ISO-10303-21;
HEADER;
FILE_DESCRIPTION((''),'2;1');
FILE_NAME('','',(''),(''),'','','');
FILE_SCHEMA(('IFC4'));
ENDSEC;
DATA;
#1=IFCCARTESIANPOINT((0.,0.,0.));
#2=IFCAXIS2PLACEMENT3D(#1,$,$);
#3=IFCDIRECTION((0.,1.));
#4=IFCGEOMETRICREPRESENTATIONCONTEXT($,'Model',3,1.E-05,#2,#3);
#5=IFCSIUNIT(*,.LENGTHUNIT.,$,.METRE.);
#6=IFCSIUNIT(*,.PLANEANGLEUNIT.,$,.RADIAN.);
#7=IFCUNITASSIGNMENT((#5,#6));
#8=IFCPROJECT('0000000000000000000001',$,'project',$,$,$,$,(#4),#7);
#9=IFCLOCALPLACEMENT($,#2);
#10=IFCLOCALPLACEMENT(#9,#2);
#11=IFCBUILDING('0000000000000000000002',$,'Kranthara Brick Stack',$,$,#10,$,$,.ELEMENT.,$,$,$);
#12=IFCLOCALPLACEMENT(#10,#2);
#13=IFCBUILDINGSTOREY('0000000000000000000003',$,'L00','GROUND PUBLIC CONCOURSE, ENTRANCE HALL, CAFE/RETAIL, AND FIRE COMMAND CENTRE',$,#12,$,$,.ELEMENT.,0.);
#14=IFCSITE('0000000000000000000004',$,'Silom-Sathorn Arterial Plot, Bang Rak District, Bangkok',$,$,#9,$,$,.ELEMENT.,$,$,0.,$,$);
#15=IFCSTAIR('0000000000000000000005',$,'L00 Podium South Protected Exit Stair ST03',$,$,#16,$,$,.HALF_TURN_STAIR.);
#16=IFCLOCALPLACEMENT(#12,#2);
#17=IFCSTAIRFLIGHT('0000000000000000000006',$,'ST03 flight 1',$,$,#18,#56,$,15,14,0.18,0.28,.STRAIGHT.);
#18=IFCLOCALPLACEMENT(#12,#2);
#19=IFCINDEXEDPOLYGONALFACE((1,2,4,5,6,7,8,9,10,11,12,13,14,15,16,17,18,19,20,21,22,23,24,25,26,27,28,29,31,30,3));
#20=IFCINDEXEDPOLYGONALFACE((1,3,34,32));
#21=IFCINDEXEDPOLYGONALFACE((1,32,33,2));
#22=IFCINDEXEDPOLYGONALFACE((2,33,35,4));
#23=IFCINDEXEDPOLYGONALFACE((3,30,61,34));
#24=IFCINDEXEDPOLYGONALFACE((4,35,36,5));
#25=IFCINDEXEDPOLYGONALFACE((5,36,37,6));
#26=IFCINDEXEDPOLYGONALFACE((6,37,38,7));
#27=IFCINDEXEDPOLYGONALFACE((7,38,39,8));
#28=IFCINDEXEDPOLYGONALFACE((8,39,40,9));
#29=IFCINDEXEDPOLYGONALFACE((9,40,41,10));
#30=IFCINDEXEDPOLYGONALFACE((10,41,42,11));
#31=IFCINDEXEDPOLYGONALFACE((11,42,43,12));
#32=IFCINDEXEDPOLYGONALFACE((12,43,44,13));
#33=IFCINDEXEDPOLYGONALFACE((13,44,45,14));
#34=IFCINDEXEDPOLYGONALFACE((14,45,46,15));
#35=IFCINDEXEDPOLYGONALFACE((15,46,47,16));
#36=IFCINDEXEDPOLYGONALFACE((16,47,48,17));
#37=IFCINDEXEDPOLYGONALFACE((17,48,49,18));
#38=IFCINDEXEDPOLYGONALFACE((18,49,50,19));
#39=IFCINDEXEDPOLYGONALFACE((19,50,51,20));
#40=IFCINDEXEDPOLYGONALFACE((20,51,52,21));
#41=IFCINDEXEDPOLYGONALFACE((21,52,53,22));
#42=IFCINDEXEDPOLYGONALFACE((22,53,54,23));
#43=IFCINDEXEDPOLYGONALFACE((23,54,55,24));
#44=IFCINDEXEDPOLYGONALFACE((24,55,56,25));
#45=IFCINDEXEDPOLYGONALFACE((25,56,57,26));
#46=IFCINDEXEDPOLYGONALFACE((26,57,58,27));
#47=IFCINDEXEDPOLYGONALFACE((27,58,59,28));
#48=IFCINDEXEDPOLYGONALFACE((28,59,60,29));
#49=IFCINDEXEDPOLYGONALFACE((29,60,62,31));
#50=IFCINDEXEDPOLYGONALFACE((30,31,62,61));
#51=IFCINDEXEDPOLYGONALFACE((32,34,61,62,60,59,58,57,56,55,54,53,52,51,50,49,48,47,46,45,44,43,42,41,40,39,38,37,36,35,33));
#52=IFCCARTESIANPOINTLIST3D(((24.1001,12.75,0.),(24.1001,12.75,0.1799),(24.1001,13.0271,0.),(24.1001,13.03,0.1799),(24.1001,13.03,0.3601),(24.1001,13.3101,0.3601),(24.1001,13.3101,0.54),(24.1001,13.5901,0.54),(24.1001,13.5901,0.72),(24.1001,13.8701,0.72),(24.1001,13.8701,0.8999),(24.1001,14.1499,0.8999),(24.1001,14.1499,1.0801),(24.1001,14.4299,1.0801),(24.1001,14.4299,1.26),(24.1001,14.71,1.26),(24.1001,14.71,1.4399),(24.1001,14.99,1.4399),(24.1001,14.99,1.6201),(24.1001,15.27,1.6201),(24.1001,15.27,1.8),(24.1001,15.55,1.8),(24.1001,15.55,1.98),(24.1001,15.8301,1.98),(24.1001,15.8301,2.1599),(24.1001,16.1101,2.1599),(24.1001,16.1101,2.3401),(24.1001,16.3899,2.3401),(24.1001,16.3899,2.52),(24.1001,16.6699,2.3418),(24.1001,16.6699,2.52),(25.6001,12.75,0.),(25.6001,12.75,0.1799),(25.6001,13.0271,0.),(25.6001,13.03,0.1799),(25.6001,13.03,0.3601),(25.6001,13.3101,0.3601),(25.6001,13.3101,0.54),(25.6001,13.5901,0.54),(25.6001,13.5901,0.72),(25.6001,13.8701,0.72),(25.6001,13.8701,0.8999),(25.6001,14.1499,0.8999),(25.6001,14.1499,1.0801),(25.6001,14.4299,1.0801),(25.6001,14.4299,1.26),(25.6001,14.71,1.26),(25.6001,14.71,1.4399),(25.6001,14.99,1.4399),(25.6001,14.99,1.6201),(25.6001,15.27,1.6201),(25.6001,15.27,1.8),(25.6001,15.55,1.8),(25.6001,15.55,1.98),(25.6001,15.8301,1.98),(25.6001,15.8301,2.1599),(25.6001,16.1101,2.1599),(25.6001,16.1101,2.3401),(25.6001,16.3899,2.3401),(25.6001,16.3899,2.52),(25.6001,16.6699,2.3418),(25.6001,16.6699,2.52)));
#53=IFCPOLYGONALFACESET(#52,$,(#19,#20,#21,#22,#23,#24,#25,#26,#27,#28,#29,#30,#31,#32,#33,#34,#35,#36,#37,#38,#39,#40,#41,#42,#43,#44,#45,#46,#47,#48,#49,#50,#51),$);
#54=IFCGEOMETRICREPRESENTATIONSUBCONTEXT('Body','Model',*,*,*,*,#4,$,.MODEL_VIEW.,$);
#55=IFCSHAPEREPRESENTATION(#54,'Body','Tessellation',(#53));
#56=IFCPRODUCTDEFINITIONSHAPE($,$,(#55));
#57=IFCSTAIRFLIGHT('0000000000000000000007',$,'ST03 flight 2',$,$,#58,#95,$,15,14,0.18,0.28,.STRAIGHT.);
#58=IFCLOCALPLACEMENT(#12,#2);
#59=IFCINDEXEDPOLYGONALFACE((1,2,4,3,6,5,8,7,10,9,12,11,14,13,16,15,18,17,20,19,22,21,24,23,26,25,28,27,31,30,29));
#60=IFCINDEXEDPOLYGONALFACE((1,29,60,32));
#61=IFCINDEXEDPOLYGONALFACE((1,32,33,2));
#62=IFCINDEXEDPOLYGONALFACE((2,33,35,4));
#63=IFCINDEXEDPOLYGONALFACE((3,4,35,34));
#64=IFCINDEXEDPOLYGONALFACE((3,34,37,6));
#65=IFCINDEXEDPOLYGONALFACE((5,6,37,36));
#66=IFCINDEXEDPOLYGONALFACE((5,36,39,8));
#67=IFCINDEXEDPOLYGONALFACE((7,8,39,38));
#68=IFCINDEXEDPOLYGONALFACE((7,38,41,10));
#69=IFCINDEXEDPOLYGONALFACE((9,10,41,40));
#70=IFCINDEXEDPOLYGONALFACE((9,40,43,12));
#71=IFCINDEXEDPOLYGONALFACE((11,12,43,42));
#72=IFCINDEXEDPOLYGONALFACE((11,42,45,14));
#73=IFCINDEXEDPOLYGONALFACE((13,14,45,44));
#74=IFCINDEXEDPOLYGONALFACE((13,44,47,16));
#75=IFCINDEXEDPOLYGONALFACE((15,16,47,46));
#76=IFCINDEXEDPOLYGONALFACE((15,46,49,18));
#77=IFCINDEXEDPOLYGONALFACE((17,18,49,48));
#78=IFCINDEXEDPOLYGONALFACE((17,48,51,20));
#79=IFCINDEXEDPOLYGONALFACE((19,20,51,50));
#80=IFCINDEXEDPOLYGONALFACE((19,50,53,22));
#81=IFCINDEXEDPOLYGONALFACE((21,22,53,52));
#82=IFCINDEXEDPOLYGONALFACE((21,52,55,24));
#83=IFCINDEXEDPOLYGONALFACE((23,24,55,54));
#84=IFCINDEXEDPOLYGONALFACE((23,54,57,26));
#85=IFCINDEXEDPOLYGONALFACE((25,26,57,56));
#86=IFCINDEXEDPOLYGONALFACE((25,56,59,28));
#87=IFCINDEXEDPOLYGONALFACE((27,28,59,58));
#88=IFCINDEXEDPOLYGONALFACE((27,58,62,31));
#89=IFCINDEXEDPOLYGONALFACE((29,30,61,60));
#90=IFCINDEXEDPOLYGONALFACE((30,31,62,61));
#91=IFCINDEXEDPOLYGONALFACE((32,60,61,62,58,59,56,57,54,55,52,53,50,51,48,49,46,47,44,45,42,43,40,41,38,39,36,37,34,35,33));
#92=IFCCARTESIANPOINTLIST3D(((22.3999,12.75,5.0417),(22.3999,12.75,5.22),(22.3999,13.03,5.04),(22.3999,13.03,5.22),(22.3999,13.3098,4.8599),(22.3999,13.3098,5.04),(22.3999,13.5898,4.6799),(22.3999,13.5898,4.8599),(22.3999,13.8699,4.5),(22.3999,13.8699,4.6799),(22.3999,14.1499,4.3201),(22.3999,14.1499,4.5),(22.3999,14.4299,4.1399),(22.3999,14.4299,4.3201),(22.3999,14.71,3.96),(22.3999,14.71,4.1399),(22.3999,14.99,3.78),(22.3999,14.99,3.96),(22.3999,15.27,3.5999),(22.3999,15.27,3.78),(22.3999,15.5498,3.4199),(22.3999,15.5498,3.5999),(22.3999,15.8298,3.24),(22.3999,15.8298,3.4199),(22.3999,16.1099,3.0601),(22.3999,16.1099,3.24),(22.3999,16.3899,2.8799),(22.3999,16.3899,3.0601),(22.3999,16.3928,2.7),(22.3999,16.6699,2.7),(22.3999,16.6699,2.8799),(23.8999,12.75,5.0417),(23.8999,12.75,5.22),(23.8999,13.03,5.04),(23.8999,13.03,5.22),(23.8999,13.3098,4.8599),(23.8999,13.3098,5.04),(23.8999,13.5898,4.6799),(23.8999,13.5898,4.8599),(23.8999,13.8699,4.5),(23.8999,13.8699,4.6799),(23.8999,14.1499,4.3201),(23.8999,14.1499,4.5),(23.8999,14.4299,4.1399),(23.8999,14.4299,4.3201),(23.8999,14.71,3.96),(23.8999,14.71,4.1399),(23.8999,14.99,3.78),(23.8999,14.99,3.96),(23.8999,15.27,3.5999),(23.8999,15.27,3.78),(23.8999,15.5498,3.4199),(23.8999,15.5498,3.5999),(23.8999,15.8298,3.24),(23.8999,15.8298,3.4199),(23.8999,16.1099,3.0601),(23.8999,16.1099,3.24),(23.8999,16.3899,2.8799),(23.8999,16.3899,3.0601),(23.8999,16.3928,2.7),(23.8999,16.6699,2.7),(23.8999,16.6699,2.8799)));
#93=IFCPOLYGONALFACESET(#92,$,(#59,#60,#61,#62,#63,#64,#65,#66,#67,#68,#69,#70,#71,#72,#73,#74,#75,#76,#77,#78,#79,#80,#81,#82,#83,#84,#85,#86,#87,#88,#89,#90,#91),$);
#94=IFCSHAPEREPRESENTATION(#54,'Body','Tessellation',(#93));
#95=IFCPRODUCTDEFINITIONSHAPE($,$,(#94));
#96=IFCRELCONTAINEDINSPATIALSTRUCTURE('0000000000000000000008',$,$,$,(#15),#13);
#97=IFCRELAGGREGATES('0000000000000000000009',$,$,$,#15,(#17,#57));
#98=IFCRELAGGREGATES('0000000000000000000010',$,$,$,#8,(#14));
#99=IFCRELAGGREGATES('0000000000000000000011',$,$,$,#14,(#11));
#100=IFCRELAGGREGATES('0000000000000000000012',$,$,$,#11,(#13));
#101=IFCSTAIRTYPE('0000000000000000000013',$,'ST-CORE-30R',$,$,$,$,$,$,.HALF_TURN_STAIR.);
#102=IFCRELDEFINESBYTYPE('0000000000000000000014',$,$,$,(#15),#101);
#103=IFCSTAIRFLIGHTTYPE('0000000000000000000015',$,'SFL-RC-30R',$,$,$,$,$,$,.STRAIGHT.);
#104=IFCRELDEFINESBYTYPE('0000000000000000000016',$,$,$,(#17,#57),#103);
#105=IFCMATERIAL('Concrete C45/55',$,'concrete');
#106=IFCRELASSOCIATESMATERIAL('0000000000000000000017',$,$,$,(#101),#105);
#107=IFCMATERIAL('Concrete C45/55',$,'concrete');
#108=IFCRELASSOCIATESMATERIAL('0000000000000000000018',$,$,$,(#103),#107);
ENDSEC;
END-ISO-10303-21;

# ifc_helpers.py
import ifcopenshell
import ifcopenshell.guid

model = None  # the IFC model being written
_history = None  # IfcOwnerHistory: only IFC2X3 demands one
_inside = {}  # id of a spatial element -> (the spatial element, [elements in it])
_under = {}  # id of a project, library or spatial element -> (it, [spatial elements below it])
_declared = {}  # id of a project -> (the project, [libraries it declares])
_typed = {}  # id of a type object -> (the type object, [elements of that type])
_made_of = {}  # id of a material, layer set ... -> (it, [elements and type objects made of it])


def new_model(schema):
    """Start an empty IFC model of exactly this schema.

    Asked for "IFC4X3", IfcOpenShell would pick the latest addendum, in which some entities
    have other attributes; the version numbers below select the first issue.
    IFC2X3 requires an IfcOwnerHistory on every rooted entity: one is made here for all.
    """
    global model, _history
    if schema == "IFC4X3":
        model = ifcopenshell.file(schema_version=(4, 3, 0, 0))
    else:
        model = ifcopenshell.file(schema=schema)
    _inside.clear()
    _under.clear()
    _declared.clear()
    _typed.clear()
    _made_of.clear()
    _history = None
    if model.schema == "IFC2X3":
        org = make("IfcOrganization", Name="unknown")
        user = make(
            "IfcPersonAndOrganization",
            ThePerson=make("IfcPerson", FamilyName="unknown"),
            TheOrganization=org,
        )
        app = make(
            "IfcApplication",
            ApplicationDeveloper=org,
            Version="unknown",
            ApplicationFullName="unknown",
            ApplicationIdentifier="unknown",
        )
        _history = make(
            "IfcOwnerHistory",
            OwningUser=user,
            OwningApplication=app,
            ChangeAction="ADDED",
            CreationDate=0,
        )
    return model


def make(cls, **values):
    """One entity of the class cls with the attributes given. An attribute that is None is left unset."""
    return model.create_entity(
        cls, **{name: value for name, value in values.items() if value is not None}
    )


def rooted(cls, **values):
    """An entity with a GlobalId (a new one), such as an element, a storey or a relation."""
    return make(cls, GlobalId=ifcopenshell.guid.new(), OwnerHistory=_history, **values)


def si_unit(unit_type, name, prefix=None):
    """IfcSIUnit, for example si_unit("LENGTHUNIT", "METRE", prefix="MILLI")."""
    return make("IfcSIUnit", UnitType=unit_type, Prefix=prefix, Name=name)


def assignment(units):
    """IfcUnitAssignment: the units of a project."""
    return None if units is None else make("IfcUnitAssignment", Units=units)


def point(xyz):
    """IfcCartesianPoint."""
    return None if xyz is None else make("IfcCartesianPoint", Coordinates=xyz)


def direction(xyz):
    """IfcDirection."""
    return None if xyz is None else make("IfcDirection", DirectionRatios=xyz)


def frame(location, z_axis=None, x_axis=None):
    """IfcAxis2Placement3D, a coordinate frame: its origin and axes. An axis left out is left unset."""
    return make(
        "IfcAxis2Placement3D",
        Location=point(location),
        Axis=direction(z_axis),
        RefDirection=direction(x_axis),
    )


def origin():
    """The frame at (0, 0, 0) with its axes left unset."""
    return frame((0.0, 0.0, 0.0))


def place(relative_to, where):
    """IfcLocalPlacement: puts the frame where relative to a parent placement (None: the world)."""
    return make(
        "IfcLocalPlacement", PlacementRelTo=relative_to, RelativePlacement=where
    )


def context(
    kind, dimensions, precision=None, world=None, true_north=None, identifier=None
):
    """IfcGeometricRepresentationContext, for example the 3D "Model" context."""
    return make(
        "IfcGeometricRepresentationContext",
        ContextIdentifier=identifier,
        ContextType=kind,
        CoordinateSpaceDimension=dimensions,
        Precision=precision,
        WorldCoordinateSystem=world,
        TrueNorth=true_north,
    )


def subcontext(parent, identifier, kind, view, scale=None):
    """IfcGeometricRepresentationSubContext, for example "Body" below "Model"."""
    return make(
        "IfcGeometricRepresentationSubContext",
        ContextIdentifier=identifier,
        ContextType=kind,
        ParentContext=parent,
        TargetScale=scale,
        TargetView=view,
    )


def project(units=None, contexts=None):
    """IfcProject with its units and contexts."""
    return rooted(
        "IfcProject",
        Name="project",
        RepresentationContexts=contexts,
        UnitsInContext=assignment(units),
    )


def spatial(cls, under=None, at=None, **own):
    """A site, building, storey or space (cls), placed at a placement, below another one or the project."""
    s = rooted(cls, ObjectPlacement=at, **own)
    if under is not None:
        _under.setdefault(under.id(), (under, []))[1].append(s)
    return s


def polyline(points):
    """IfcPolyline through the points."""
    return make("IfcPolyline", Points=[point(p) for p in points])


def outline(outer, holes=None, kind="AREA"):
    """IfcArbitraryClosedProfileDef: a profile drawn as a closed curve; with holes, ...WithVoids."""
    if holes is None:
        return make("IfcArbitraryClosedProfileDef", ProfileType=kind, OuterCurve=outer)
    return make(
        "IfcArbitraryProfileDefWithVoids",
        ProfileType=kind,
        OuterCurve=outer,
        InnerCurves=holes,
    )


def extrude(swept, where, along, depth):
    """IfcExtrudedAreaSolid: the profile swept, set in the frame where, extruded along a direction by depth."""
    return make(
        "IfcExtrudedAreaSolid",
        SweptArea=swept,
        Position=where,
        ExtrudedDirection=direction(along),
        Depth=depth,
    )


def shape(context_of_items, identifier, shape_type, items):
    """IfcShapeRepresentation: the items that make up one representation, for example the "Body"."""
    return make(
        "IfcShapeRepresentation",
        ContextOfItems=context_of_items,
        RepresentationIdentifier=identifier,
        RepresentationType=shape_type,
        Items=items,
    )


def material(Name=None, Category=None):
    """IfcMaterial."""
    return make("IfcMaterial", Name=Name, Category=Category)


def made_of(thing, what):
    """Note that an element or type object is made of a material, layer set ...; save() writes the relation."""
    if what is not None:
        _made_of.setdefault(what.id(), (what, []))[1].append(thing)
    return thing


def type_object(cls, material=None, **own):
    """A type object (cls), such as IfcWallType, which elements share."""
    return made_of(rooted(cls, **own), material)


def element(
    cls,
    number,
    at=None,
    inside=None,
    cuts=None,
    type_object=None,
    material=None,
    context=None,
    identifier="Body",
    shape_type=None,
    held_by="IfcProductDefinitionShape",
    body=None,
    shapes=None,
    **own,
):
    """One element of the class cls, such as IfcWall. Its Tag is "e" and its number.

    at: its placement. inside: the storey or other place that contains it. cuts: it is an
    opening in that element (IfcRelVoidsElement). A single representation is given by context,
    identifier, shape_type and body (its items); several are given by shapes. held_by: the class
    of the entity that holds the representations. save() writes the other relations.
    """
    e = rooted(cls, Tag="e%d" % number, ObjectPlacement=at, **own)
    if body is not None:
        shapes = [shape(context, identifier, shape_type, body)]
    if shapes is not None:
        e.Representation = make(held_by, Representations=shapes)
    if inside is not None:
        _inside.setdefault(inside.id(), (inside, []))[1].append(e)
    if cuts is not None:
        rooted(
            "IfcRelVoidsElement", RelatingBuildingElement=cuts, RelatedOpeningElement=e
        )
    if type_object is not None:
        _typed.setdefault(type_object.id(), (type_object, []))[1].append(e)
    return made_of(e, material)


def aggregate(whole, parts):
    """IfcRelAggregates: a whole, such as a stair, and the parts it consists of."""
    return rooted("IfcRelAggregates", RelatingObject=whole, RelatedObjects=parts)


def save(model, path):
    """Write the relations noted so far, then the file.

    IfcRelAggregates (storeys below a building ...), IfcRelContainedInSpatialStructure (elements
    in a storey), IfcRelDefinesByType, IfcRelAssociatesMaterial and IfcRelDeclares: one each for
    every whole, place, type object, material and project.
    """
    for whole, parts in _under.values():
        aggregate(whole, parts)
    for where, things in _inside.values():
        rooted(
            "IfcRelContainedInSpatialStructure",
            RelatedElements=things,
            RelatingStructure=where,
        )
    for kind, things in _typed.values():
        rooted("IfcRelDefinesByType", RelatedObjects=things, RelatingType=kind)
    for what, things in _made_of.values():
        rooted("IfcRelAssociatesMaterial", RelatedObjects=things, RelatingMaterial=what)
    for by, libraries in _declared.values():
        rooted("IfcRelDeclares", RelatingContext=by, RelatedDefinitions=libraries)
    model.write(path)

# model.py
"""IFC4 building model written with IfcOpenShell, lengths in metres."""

from ifc_helpers import new_model, si_unit, direction, frame, origin, place, context, subcontext, project, spatial, polyline, outline, extrude, material, type_object, element, aggregate, save


model = new_model("IFC4")

# Units and contexts
model_context = context("Model", 3, precision=1e-05, world=origin(), true_north=direction((0.0, 1.0)))
body_context = subcontext(model_context, "Body", "Model", "MODEL_VIEW")
ifc_project = project(units=[si_unit("LENGTHUNIT", "METRE"), si_unit("PLANEANGLEUNIT", "RADIAN")], contexts=[model_context])

# Site, building, storey
site_placement = place(None, origin())
site = spatial("IfcSite", under=ifc_project, at=site_placement, Name="Silom-Sathorn Arterial Plot, Bang Rak District, Bangkok", CompositionType="ELEMENT", RefElevation=0.0)
building_placement = place(site_placement, origin())
building = spatial("IfcBuilding", under=site, at=building_placement, Name="Kranthara Brick Stack", CompositionType="ELEMENT")
storey_placement = place(building_placement, origin())
storey = spatial("IfcBuildingStorey", under=building, at=storey_placement, Name="L00", Description="GROUND PUBLIC CONCOURSE, ENTRANCE HALL, CAFE/RETAIL, AND FIRE COMMAND CENTRE", CompositionType="ELEMENT", Elevation=0.0)

# Stair, stair flights
ifc_material_1 = material(Name="Concrete C45/55", Category="concrete")
stair_type = type_object("IfcStairType", Name="ST-CORE-30R", PredefinedType="HALF_TURN_STAIR", material=ifc_material_1)
stair_placement = place(storey_placement, origin())
stair = element("IfcStair", 1, at=stair_placement, inside=storey, type_object=stair_type, Name="L00 Podium South Protected Exit Stair ST03", PredefinedType="HALF_TURN_STAIR")
ifc_material_2 = material(Name="Concrete C45/55", Category="concrete")
stair_flight_type = type_object("IfcStairFlightType", Name="SFL-RC-30R", PredefinedType="STRAIGHT", material=ifc_material_2)
stair_flight_1_placement = place(storey_placement, frame((24.8501, 12.75, 0.0), z_axis=(0.0, 0.0, 1.0), x_axis=(0.0, 1.0, 0.0)))
stair_flight_1 = element("IfcStairFlight", 2, at=stair_flight_1_placement, type_object=stair_flight_type, Name="ST03 flight 1", NumberOfRisers=15, NumberOfTreads=14, PredefinedType="STRAIGHT", RiserHeight=0.18, TreadLength=0.28, context=body_context, shape_type="SweptSolid", body=[
    extrude(outline(polyline([(0.0, 0.0), (0.0, 0.1799), (0.28, 0.1799), (0.28, 0.3601), (0.5601, 0.3601), (0.5601, 0.54), (0.8401, 0.54), (0.8401, 0.72), (1.1201, 0.72), (1.1201, 0.8999), (1.3999, 0.8999), (1.3999, 1.0801), (1.6799, 1.0801), (1.6799, 1.26), (1.96, 1.26), (1.96, 1.4399), (2.24, 1.4399), (2.24, 1.6201), (2.52, 1.6201), (2.52, 1.8), (2.8, 1.8), (2.8, 1.98), (3.0801, 1.98), (3.0801, 2.1599), (3.3601, 2.1599), (3.3601, 2.3401), (3.6399, 2.3401), (3.6399, 2.52), (3.9199, 2.52), (3.9199, 2.7), (3.9199, 2.3418), (0.2771, 0.0), (0.0, 0.0)])), frame((0.0, 0.75, 0.0), z_axis=(0.0, -1.0, 0.0), x_axis=(1.0, 0.0, 0.0)), (0.0, 0.0, 1.0), 1.5),
])
stair_flight_2_placement = place(storey_placement, frame((23.1499, 16.6699, 2.7), z_axis=(0.0, 0.0, 1.0), x_axis=(0.0, -1.0, 0.0)))
stair_flight_2 = element("IfcStairFlight", 3, at=stair_flight_2_placement, type_object=stair_flight_type, Name="ST03 flight 2", NumberOfRisers=15, NumberOfTreads=14, PredefinedType="STRAIGHT", RiserHeight=0.18, TreadLength=0.28, context=body_context, shape_type="SweptSolid", body=[
    extrude(outline(polyline([(0.0, 0.0), (0.0, 0.1799), (0.28, 0.1799), (0.28, 0.3601), (0.5601, 0.3601), (0.5601, 0.54), (0.8401, 0.54), (0.8401, 0.72), (1.1201, 0.72), (1.1201, 0.8999), (1.3999, 0.8999), (1.3999, 1.0801), (1.6799, 1.0801), (1.6799, 1.26), (1.96, 1.26), (1.96, 1.4399), (2.24, 1.4399), (2.24, 1.6201), (2.52, 1.6201), (2.52, 1.8), (2.8, 1.8), (2.8, 1.98), (3.0801, 1.98), (3.0801, 2.1599), (3.3601, 2.1599), (3.3601, 2.3401), (3.6399, 2.3401), (3.6399, 2.52), (3.9199, 2.52), (3.9199, 2.7), (3.9199, 2.3418), (0.2771, 0.0), (0.0, 0.0)])), frame((0.0, 0.75, 0.0), z_axis=(0.0, -1.0, 0.0), x_axis=(1.0, 0.0, 0.0)), (0.0, 0.0, 1.0), 1.5),
])
aggregate(stair, [stair_flight_1, stair_flight_2])

save(model, "model.ifc")
